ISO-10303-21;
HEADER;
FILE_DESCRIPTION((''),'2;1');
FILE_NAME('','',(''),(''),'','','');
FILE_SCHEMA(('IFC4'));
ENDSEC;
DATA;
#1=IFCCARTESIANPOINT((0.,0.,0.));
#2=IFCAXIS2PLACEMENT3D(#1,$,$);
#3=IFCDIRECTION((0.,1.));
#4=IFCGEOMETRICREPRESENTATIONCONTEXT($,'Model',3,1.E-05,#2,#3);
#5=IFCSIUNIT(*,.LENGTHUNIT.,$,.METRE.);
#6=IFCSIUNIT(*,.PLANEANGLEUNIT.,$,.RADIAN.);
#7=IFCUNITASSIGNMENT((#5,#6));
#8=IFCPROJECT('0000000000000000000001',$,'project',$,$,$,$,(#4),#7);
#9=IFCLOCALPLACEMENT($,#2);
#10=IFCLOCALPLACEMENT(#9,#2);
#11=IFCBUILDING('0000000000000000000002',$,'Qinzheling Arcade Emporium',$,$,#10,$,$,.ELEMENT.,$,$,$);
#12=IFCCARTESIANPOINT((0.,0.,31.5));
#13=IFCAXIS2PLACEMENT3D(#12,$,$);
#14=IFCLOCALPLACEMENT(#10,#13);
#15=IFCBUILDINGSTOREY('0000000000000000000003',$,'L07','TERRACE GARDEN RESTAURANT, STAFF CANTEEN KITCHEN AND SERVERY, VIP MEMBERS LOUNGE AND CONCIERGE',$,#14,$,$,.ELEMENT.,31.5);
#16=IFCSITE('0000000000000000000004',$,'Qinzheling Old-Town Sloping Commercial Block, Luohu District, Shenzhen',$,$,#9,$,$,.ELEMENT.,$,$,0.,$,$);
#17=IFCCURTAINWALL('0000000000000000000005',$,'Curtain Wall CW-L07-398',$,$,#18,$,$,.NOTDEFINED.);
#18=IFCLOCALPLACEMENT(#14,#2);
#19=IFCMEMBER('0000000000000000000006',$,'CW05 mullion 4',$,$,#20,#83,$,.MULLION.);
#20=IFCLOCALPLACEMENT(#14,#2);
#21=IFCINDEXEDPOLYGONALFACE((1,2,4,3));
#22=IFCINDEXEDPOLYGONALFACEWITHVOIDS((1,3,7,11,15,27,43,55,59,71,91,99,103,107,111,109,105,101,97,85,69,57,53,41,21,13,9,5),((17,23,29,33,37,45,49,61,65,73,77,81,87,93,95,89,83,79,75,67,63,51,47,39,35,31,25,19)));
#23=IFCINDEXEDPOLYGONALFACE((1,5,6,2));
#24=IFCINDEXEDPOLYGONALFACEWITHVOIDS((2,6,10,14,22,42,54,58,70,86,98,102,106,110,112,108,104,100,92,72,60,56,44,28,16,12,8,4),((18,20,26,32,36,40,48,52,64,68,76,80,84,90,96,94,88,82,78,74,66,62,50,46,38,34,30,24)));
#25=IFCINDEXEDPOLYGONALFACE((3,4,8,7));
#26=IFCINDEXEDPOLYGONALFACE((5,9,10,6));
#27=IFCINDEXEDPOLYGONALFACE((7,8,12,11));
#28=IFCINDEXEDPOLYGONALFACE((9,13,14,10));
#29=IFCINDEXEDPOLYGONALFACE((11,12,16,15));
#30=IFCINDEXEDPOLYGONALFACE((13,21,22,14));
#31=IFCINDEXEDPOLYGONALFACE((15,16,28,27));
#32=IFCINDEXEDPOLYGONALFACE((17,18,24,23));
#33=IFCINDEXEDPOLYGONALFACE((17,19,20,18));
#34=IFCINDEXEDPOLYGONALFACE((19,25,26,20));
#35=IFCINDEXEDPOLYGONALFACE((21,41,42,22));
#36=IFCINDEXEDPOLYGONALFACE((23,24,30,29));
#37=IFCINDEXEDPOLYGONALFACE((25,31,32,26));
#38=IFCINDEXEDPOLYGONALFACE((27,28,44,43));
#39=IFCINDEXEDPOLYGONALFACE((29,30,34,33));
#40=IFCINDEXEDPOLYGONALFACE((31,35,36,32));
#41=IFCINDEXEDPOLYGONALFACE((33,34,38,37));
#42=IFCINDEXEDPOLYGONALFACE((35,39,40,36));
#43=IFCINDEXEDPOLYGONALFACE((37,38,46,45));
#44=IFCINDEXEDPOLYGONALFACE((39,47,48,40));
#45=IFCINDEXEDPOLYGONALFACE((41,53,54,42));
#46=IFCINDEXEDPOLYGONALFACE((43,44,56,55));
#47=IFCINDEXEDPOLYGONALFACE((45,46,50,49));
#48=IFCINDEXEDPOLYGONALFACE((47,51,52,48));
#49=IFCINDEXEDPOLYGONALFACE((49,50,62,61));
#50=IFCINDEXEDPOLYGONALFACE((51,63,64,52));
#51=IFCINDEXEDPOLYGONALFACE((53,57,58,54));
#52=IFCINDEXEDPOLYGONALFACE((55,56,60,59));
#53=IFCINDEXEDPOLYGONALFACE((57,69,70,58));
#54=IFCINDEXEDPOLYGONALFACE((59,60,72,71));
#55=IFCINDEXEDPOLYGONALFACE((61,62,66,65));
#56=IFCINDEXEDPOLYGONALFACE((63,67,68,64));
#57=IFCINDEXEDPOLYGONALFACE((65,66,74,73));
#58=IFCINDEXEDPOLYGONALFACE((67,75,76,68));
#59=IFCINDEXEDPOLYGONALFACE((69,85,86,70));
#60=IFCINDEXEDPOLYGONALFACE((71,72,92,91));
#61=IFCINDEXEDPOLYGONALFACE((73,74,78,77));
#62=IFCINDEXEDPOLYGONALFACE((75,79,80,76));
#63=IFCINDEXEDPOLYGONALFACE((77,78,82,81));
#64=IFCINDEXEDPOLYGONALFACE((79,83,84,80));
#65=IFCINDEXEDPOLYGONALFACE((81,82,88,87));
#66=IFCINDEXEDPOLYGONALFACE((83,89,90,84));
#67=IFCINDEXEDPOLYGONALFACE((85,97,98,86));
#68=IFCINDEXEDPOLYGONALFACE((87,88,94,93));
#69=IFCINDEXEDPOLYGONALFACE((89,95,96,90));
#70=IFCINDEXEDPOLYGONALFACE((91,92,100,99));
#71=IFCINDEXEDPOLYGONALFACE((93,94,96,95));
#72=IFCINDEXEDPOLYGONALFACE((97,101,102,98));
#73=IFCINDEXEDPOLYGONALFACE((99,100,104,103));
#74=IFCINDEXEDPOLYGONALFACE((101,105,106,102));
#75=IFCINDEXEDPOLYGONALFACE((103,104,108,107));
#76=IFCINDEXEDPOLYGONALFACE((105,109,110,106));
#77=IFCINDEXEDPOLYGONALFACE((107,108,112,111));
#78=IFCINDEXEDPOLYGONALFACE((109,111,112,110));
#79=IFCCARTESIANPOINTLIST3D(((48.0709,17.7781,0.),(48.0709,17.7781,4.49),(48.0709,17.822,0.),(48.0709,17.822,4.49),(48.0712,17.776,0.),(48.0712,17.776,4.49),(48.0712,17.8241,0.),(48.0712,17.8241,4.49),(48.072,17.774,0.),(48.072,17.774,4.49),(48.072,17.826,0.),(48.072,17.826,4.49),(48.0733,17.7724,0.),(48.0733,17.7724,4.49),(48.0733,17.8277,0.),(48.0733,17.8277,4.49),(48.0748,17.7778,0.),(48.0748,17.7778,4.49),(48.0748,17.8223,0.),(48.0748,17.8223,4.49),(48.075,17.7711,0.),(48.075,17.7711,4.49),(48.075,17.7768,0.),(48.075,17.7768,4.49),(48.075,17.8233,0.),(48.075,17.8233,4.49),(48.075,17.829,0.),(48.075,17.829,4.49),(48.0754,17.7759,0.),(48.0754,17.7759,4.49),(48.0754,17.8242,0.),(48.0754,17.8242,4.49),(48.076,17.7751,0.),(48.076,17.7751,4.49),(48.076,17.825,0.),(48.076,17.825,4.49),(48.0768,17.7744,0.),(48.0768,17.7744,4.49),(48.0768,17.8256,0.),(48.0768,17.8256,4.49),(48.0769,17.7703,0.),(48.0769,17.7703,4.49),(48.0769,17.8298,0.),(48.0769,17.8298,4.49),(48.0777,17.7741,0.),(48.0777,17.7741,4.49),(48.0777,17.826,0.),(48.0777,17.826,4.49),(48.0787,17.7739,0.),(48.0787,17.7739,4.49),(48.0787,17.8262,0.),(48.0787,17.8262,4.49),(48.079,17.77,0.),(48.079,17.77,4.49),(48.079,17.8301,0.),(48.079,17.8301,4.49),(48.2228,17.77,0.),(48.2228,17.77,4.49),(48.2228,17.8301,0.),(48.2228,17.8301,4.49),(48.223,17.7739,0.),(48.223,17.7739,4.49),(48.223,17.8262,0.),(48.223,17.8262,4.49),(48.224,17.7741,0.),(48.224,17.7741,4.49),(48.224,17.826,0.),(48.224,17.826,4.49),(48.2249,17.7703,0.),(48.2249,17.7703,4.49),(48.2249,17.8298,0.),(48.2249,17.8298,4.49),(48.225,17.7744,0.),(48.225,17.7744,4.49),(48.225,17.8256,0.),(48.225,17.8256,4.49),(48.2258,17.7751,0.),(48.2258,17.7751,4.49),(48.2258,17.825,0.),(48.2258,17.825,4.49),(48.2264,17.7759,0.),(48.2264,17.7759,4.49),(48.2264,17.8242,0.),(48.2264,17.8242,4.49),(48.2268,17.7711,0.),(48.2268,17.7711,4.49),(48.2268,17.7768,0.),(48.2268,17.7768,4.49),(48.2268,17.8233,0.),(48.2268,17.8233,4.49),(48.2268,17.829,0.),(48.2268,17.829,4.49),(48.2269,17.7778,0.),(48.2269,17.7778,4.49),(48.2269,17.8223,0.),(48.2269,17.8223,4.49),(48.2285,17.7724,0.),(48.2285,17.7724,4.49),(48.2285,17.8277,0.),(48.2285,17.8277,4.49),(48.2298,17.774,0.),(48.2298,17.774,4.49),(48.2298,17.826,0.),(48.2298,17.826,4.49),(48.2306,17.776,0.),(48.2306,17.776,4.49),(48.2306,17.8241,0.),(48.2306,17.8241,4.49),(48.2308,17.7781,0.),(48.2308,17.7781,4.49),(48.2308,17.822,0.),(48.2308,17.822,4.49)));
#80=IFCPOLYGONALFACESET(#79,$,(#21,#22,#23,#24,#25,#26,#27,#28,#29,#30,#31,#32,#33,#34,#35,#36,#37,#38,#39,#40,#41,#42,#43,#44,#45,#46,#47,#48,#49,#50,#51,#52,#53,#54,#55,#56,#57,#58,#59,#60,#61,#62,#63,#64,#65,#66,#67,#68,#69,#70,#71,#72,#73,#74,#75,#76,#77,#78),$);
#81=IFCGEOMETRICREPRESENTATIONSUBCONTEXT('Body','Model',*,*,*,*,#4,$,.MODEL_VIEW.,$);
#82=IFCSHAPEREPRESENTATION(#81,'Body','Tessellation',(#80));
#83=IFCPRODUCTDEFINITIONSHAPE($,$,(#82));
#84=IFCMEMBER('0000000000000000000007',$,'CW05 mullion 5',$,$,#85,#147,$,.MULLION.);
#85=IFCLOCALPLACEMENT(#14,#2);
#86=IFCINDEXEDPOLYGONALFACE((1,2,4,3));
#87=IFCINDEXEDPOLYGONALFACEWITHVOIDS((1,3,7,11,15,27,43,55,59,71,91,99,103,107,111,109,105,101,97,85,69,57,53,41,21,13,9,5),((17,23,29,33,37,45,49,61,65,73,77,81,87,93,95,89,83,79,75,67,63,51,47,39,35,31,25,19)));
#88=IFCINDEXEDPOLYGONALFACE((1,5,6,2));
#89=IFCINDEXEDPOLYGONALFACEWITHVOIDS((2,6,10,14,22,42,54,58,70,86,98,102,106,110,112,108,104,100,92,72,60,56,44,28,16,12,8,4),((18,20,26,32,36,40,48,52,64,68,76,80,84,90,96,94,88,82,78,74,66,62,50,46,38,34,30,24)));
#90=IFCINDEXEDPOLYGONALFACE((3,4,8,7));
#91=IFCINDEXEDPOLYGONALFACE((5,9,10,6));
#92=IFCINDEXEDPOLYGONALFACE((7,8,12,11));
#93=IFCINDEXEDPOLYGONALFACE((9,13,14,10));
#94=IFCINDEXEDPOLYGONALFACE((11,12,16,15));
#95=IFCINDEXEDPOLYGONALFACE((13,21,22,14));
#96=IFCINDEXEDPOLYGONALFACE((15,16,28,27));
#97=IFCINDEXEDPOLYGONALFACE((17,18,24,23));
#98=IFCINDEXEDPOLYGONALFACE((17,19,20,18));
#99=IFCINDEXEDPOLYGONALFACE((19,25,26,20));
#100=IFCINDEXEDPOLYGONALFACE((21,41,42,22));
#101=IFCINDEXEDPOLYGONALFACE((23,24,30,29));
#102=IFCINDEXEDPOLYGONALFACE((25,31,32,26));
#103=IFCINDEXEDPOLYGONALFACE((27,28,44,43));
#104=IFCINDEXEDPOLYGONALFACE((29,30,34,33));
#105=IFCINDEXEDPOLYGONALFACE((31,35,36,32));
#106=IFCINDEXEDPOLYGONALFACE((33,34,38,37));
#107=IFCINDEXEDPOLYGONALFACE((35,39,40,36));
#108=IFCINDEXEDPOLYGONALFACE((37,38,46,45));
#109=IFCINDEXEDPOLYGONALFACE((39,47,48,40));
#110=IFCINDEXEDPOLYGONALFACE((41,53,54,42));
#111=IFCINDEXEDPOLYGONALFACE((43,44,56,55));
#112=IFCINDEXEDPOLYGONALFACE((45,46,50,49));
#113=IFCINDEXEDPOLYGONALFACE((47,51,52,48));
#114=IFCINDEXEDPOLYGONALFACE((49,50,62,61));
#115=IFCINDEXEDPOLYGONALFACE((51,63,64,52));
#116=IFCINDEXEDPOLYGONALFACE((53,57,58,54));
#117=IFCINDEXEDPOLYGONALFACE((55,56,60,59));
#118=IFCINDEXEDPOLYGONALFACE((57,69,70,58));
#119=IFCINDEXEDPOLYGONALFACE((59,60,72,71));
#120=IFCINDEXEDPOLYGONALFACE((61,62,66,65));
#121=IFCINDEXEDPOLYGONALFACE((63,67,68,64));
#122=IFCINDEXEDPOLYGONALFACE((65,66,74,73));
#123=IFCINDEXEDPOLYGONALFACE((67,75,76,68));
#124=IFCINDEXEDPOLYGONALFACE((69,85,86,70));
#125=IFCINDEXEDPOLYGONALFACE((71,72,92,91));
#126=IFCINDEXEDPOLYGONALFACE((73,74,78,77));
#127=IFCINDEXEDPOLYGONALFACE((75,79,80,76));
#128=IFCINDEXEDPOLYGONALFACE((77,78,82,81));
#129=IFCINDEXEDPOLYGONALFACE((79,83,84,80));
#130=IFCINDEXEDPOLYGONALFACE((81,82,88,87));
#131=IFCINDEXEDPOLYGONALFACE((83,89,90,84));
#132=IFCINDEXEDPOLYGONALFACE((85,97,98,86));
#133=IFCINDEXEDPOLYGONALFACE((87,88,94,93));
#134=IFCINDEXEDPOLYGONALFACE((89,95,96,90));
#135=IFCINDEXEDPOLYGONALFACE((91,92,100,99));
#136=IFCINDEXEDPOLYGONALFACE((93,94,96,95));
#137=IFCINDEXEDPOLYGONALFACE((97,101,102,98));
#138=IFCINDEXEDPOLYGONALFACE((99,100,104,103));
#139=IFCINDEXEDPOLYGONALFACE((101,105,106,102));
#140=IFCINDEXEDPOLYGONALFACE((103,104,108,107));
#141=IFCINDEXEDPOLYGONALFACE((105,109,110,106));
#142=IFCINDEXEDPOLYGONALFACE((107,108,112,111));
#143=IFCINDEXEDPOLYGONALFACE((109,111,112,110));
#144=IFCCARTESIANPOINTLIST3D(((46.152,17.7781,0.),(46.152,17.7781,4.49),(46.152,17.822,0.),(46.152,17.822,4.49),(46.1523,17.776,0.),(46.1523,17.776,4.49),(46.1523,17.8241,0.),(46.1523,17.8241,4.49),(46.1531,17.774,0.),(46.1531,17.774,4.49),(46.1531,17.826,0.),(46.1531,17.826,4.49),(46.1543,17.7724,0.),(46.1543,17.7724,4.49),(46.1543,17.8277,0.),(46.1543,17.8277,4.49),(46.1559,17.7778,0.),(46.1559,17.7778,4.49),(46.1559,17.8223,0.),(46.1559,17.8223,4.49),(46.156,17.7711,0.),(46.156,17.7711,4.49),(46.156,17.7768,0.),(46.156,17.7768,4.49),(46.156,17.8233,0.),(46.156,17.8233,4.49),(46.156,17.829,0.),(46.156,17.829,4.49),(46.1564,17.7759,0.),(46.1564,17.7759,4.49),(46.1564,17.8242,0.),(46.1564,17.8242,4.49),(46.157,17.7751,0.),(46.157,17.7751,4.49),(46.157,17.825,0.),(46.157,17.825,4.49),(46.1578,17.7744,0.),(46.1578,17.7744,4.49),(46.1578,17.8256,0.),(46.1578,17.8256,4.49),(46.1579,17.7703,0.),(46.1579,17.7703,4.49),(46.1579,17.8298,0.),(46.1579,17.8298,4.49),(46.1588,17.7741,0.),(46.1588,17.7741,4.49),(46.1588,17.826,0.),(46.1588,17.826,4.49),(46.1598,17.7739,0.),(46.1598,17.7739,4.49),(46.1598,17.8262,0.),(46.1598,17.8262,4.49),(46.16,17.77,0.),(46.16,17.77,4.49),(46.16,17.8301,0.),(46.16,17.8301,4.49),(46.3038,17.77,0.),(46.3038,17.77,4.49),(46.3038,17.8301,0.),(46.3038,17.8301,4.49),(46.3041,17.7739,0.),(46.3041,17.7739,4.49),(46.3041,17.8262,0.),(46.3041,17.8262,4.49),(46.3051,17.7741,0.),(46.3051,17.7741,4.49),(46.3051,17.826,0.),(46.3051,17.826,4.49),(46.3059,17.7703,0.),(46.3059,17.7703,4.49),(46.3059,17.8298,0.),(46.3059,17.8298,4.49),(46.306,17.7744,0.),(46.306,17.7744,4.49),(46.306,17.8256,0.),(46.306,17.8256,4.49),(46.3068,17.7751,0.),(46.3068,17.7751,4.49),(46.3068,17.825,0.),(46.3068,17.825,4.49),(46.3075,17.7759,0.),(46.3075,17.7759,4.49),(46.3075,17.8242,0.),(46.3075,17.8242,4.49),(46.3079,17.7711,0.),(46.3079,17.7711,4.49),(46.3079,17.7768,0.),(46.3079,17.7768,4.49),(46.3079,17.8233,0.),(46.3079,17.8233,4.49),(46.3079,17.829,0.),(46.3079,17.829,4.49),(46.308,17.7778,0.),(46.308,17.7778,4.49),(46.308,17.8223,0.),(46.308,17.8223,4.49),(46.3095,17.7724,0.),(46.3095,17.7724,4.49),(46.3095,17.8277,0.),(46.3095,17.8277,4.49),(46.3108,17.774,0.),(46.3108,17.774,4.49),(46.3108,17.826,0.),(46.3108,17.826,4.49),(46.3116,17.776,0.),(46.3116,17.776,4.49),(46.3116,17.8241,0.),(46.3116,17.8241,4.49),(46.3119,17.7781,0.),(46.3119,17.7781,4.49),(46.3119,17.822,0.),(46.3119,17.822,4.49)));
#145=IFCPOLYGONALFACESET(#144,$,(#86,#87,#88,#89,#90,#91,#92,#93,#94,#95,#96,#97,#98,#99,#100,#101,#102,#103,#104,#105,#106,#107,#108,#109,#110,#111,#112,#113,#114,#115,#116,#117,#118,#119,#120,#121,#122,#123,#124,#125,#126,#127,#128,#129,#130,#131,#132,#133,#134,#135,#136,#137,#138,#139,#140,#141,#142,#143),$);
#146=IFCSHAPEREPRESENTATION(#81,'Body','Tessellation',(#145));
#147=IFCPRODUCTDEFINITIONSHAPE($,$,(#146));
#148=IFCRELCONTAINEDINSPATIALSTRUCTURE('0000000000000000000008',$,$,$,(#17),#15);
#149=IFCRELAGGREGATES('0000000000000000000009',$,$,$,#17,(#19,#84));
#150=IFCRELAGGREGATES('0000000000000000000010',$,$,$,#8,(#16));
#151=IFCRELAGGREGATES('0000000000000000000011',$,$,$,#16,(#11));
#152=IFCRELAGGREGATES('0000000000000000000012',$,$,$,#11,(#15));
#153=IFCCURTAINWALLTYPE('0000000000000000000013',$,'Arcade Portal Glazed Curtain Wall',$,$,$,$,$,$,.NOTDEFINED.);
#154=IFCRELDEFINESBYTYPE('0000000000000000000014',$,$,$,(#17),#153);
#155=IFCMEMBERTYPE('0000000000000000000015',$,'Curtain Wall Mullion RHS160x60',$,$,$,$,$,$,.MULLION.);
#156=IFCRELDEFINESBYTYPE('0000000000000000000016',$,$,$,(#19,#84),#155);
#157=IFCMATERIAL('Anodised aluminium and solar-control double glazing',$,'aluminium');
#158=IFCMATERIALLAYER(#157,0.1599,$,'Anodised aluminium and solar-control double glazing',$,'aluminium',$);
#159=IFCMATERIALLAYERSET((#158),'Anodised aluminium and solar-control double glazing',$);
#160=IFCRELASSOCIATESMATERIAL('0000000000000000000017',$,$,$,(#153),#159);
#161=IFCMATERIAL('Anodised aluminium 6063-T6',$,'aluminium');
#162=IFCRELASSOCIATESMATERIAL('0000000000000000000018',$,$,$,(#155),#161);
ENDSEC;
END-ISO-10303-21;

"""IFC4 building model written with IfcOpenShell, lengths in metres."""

from ifc_helpers import new_model, si_unit, direction, frame, origin, origin_2d, place, context, subcontext, project, spatial, hollow_rectangle, extrude, material, layer, layer_set, material_profile, profile_set, type_object, element, aggregate, save


model = new_model("IFC4")

# Units and contexts
model_context = context("Model", 3, precision=1e-05, world=origin(), true_north=direction((0.0, 1.0)))
body_context = subcontext(model_context, "Body", "Model", "MODEL_VIEW")
ifc_project = project(units=[si_unit("LENGTHUNIT", "METRE"), si_unit("PLANEANGLEUNIT", "RADIAN")], contexts=[model_context])

# Site, building, storey
site_placement = place(None, origin())
site = spatial("IfcSite", under=ifc_project, at=site_placement, Name="Qinzheling Old-Town Sloping Commercial Block, Luohu District, Shenzhen", CompositionType="ELEMENT", RefElevation=0.0)
building_placement = place(site_placement, origin())
building = spatial("IfcBuilding", under=site, at=building_placement, Name="Qinzheling Arcade Emporium", CompositionType="ELEMENT")
storey_placement = place(building_placement, frame((0.0, 0.0, 31.5)))
storey = spatial("IfcBuildingStorey", under=building, at=storey_placement, Name="L07", Description="TERRACE GARDEN RESTAURANT, STAFF CANTEEN KITCHEN AND SERVERY, VIP MEMBERS LOUNGE AND CONCIERGE", CompositionType="ELEMENT", Elevation=31.5)

# Curtain wall, members
ifc_material_1 = material(Name="Anodised aluminium and solar-control double glazing", Category="aluminium")
ifc_layer_1 = layer(ifc_material_1, 0.1599, Name="Anodised aluminium and solar-control double glazing", Category="aluminium")
ifc_layer_set_1 = layer_set([ifc_layer_1], Name="Anodised aluminium and solar-control double glazing")
curtain_wall_type = type_object("IfcCurtainWallType", Name="Arcade Portal Glazed Curtain Wall", PredefinedType="NOTDEFINED", material=ifc_layer_set_1)
curtain_wall_1_placement = place(storey_placement, origin())
curtain_wall_1 = element("IfcCurtainWall", 1, at=curtain_wall_1_placement, inside=storey, type_object=curtain_wall_type, Name="Curtain Wall CW-L07-398", PredefinedType="NOTDEFINED")
ifc_material_2 = material(Name="Anodised aluminium 6063-T6", Category="aluminium")
ifc_material_profile_1 = material_profile(ifc_material_2, hollow_rectangle(XDim=0.0601, YDim=0.1599, WallThickness=0.0039, InnerFilletRadius=0.0039, OuterFilletRadius=0.0081, at=origin_2d()), Name="RHS 160x60x4", Category="aluminium")
ifc_profile_set_1 = profile_set([ifc_material_profile_1], Name="Anodised aluminium 6063-T6")
member_type_1 = type_object("IfcMemberType", Name="Curtain Wall Mullion RHS160x60", PredefinedType="MULLION", material=ifc_profile_set_1)
member_1_placement = place(storey_placement, frame((48.1509, 17.8, 0.0), z_axis=(0.0, 0.0, 1.0), x_axis=(0.0, -1.0, 0.0)))
member_1 = element("IfcMember", 2, at=member_1_placement, type_object=member_type_1, Name="CW05 mullion 4", PredefinedType="MULLION", context=body_context, shape_type="SweptSolid", body=[
    extrude(hollow_rectangle(XDim=0.0601, YDim=0.1599, WallThickness=0.0039, InnerFilletRadius=0.0039, OuterFilletRadius=0.0081, at=origin_2d()), origin(), (0.0, 0.0, 1.0), 4.49),
])
member_2_placement = place(storey_placement, frame((46.2319, 17.8, 0.0), z_axis=(0.0, 0.0, 1.0), x_axis=(0.0, -1.0, 0.0)))
member_2 = element("IfcMember", 3, at=member_2_placement, type_object=member_type_1, Name="CW05 mullion 5", PredefinedType="MULLION", context=body_context, shape_type="SweptSolid", body=[
    extrude(hollow_rectangle(XDim=0.0601, YDim=0.1599, WallThickness=0.0039, InnerFilletRadius=0.0039, OuterFilletRadius=0.0081, at=origin_2d()), origin(), (0.0, 0.0, 1.0), 4.49),
])

aggregate(curtain_wall_1, [member_1, member_2])

save(model, "model.ifc")
